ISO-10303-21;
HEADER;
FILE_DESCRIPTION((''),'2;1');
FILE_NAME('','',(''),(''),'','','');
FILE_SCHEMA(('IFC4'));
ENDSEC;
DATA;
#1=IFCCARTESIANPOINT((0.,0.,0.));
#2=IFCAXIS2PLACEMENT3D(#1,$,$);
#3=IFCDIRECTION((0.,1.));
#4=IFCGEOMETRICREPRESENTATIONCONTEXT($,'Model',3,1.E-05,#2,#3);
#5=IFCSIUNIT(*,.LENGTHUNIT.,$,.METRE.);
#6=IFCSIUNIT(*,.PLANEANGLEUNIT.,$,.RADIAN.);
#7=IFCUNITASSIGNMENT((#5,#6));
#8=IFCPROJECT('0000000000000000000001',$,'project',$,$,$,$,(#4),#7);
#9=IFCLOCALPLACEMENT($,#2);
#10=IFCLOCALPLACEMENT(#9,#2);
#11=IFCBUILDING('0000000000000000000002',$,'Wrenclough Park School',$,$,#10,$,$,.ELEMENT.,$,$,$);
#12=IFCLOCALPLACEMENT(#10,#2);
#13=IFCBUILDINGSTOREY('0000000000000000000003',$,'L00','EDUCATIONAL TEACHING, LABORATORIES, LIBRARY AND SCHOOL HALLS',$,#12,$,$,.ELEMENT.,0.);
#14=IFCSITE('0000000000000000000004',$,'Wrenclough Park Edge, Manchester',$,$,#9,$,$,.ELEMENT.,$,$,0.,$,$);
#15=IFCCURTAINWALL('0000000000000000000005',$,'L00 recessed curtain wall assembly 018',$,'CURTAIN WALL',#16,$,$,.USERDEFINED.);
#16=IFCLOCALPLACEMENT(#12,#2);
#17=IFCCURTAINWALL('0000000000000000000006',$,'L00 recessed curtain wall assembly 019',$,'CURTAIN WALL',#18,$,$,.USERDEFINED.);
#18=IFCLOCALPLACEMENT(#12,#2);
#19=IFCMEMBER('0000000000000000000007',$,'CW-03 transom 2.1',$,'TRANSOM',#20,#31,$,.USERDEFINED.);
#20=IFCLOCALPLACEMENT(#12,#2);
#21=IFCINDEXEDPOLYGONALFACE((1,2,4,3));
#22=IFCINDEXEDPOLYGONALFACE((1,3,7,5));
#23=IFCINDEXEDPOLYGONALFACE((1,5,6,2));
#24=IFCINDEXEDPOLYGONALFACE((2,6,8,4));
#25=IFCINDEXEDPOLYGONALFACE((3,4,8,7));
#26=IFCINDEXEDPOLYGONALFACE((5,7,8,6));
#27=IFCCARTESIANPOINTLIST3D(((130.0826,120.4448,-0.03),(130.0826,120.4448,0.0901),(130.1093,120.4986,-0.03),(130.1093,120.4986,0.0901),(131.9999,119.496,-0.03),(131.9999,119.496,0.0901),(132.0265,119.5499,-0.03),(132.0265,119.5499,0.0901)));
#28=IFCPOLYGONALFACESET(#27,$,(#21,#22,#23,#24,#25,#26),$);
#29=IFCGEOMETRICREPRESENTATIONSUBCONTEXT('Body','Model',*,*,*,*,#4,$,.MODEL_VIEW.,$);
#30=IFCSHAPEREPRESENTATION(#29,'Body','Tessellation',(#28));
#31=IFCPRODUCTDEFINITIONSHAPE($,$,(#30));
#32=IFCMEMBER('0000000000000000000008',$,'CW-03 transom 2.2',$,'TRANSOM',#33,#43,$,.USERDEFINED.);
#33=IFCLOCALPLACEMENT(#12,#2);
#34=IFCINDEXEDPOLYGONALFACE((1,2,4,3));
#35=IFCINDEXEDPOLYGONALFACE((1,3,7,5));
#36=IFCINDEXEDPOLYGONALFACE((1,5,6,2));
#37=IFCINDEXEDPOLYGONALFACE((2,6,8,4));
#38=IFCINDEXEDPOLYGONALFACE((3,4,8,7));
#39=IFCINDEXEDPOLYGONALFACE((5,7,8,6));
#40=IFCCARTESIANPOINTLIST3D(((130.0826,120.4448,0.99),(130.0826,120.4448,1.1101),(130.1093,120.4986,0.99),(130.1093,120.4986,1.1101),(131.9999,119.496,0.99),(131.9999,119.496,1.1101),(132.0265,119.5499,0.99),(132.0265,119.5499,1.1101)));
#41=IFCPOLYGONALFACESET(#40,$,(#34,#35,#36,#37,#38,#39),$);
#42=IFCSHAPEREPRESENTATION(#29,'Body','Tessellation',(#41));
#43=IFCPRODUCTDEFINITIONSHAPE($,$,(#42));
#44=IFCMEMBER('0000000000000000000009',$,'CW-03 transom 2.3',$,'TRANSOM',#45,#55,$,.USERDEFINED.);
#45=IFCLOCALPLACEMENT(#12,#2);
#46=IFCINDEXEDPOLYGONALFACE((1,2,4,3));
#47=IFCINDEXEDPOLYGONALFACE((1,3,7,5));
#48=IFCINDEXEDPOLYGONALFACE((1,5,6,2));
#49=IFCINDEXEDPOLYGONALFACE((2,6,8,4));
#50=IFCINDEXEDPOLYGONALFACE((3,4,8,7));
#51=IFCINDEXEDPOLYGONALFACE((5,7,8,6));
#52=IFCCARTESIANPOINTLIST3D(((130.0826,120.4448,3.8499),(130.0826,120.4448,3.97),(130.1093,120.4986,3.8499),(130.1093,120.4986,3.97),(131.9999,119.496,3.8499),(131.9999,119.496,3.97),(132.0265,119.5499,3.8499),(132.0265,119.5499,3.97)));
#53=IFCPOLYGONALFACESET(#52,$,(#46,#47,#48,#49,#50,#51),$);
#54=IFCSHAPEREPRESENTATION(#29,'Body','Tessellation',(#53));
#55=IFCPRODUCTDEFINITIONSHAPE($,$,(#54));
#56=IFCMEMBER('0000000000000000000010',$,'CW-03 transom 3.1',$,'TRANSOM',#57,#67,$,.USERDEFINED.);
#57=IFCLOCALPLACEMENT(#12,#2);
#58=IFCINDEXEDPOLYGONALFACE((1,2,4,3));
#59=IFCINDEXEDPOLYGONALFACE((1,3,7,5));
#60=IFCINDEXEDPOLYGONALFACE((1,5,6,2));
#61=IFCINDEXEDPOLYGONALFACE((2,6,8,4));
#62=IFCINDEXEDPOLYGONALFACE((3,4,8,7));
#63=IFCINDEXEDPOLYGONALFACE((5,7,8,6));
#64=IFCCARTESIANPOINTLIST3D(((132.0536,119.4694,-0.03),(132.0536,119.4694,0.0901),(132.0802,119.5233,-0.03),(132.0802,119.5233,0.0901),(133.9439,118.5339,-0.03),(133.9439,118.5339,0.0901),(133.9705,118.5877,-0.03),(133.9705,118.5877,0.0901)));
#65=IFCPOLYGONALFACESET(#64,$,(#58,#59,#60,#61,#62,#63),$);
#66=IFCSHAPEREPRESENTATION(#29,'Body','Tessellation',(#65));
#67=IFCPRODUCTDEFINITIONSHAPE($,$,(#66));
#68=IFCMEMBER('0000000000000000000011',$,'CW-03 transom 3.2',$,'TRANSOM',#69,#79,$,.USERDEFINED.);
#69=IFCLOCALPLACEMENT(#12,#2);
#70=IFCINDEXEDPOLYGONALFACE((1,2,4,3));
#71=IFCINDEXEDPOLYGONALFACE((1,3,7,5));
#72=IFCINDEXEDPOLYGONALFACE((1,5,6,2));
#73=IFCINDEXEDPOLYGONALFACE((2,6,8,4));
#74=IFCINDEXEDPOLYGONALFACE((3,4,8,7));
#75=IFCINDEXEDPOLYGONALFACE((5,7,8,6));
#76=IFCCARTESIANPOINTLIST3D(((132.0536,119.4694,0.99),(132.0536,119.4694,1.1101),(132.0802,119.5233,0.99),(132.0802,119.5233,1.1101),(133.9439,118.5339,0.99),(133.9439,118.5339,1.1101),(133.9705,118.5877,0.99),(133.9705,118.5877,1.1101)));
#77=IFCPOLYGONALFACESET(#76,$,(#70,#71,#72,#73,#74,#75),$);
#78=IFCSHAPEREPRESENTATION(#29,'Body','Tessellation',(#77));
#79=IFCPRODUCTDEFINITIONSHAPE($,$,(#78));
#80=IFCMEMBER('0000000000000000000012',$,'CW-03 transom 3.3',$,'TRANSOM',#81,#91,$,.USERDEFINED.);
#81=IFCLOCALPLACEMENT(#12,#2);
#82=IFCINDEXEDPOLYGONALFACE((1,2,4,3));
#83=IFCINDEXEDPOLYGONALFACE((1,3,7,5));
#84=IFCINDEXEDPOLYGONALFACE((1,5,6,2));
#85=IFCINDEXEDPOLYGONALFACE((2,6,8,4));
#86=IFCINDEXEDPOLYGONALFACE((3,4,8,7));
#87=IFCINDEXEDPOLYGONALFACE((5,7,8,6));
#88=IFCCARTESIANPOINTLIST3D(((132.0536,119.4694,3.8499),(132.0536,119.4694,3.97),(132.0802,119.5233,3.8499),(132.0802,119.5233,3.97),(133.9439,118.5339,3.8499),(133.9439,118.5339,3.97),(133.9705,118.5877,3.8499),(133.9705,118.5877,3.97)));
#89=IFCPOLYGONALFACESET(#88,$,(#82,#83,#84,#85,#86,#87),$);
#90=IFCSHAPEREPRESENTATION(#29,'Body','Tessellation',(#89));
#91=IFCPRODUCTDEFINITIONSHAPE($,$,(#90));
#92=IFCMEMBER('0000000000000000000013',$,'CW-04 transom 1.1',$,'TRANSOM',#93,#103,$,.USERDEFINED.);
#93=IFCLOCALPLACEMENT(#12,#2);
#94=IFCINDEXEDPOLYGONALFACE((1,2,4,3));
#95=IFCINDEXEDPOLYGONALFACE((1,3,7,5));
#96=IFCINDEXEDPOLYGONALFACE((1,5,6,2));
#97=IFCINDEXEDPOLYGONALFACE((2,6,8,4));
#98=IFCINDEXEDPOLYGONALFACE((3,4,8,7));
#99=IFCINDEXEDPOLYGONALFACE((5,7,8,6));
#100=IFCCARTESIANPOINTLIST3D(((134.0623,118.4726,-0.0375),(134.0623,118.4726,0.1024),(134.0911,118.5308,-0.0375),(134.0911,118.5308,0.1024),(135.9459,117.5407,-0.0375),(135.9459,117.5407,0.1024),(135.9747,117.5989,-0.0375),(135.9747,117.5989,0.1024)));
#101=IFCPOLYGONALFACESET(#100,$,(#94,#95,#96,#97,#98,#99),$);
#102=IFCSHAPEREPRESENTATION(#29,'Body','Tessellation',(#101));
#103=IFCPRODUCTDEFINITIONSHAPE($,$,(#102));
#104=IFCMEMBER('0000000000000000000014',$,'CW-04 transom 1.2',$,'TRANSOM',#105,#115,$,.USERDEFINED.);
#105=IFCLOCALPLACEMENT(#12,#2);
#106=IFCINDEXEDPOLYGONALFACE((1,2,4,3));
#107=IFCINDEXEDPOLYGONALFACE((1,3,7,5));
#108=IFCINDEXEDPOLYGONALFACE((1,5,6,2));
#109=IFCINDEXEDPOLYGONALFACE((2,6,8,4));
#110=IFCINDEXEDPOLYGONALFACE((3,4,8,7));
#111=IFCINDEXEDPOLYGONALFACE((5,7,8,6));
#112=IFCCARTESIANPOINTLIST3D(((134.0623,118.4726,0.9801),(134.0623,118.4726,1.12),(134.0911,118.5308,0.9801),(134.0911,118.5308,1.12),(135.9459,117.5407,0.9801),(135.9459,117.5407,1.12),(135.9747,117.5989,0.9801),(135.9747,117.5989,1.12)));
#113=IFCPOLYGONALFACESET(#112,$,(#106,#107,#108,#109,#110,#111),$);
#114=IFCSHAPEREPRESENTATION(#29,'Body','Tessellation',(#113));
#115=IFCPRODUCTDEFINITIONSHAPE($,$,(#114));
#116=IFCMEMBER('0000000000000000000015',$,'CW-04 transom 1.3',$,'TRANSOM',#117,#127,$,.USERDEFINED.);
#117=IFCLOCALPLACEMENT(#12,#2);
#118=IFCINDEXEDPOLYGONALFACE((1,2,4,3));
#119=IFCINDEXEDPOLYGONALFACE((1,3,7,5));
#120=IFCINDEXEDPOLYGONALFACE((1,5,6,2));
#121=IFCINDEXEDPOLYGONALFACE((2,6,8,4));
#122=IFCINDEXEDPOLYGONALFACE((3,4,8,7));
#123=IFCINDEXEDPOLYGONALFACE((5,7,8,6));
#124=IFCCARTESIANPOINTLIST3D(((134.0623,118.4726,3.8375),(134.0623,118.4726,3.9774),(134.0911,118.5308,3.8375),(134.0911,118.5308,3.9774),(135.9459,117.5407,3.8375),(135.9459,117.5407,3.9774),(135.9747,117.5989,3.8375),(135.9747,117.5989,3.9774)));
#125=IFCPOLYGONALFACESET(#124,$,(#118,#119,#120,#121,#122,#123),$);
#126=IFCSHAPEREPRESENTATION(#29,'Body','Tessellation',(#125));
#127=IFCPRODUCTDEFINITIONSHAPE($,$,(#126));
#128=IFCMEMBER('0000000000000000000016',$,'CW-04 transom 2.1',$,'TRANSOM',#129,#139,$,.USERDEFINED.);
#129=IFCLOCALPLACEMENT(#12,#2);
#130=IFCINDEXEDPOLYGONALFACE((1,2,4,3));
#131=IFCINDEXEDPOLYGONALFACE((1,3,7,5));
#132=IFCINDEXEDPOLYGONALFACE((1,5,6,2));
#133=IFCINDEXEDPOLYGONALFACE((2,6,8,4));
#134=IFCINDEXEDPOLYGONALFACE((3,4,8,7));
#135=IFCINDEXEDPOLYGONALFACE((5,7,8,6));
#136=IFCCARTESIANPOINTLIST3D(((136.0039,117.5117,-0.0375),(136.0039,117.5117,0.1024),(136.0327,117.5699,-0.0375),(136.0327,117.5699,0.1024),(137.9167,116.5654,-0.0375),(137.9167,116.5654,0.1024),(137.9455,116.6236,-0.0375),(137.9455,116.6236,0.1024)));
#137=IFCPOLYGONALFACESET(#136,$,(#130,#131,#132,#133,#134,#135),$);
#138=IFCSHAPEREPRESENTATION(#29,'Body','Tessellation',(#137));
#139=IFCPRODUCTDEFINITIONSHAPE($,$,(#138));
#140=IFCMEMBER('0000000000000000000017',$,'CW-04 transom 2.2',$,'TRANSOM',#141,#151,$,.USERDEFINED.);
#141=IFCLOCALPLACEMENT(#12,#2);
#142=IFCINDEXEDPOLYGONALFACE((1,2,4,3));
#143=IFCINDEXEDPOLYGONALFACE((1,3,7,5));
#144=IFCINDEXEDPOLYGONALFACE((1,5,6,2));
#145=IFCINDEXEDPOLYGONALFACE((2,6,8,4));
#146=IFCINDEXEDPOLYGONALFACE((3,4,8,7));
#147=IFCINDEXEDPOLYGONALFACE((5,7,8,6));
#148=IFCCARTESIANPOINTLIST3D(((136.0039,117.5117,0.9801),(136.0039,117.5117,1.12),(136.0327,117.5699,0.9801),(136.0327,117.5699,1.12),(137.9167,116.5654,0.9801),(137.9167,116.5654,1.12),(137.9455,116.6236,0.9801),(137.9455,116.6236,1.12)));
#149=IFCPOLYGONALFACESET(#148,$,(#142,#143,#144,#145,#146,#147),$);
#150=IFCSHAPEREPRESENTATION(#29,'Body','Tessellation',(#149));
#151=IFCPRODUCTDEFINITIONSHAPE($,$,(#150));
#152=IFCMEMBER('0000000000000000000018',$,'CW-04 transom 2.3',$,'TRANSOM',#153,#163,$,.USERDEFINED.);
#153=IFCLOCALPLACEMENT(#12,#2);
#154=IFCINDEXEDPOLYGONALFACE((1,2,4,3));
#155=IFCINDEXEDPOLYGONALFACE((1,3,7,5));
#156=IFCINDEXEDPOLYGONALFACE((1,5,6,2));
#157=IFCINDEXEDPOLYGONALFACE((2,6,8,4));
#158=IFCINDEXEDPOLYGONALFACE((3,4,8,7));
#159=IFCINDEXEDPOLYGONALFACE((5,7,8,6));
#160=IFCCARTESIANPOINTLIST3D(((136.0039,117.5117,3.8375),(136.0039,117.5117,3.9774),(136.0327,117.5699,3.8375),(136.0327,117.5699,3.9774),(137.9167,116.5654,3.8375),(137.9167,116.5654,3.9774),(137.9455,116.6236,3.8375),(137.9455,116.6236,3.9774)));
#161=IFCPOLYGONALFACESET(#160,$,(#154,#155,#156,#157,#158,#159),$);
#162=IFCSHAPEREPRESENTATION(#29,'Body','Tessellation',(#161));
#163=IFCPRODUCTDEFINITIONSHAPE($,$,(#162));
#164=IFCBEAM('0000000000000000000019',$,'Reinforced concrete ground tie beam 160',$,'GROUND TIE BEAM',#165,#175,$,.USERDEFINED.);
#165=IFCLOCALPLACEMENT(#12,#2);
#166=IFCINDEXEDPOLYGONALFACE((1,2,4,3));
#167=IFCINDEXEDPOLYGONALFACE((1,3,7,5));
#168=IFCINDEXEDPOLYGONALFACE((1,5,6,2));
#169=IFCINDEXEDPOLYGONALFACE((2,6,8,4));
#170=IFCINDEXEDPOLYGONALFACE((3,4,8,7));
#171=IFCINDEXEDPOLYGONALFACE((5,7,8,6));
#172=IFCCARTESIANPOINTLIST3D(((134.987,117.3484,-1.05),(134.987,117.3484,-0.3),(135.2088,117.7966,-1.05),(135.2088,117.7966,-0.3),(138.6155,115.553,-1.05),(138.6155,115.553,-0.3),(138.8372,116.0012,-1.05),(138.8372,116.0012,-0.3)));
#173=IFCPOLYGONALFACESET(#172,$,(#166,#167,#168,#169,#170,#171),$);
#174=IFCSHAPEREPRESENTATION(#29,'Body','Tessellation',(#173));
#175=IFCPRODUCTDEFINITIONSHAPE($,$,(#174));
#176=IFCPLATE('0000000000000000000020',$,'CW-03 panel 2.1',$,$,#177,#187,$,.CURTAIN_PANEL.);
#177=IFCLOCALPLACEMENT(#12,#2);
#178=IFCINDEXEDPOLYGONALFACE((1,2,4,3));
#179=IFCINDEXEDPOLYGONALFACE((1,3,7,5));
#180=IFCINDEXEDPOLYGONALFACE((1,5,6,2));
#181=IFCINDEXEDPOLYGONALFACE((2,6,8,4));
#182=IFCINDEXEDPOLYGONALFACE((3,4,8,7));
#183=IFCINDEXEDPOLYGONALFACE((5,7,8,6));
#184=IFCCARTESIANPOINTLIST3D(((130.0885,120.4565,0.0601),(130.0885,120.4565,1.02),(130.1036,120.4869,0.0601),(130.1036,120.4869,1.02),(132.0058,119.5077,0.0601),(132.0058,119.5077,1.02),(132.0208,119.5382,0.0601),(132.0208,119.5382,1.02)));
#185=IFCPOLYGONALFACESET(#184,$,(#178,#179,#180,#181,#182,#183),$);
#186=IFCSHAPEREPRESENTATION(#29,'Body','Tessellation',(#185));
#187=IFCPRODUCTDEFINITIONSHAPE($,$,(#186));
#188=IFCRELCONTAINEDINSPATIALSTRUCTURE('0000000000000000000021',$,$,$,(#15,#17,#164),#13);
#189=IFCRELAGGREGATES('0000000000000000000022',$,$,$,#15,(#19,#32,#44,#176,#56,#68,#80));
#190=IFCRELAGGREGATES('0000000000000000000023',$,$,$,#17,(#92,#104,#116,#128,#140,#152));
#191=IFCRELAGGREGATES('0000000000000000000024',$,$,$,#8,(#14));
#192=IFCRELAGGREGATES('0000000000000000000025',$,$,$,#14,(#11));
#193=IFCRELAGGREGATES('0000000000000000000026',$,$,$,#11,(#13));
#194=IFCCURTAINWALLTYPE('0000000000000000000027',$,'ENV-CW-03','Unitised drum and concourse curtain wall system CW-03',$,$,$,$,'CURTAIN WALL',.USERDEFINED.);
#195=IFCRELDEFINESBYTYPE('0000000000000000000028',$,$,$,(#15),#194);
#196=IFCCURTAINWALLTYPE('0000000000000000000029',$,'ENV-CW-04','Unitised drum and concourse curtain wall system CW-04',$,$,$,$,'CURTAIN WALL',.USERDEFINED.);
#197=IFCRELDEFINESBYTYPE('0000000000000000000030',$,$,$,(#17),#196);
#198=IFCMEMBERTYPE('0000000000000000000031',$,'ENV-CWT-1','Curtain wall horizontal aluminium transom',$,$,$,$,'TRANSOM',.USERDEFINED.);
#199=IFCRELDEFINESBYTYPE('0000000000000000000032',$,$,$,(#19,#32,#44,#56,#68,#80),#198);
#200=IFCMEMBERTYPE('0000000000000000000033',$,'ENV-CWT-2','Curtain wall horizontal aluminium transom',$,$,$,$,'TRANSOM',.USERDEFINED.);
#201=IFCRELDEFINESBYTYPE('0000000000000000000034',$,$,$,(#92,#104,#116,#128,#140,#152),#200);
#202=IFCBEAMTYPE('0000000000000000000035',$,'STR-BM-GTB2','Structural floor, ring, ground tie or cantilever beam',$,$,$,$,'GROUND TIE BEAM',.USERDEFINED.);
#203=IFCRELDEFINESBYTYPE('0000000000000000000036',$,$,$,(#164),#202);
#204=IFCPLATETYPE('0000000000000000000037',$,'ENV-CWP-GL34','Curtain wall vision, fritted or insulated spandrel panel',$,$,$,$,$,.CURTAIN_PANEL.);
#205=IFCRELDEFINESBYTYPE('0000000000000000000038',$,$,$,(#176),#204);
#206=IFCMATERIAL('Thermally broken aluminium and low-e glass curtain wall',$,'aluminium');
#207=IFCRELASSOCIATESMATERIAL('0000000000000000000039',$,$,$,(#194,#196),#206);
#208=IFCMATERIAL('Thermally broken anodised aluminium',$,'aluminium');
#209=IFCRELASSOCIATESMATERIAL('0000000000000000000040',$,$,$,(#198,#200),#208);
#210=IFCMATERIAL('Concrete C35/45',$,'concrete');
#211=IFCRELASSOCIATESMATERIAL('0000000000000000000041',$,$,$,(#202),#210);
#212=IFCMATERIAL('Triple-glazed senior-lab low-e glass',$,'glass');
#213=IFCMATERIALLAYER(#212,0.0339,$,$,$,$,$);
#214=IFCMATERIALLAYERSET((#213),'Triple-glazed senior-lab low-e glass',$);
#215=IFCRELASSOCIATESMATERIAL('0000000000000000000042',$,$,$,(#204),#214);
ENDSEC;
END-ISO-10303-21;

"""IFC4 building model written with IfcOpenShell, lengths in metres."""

from ifc_helpers import new_model, si_unit, direction, frame, origin, origin_2d, place, context, subcontext, project, spatial, rectangle, extrude, material, layer, layer_set, material_profile, profile_set, type_object, element, aggregate, save


model = new_model("IFC4")

# Units and contexts
model_context = context("Model", 3, precision=1e-05, world=origin(), true_north=direction((0.0, 1.0)))
body_context = subcontext(model_context, "Body", "Model", "MODEL_VIEW")
ifc_project = project(units=[si_unit("LENGTHUNIT", "METRE"), si_unit("PLANEANGLEUNIT", "RADIAN")], contexts=[model_context])

# Site, building, storey
site_placement = place(None, origin())
site = spatial("IfcSite", under=ifc_project, at=site_placement, Name="Wrenclough Park Edge, Manchester", CompositionType="ELEMENT", RefElevation=0.0)
building_placement = place(site_placement, origin())
building = spatial("IfcBuilding", under=site, at=building_placement, Name="Wrenclough Park School", CompositionType="ELEMENT")
storey_placement = place(building_placement, origin())
storey = spatial("IfcBuildingStorey", under=building, at=storey_placement, Name="L00", Description="EDUCATIONAL TEACHING, LABORATORIES, LIBRARY AND SCHOOL HALLS", CompositionType="ELEMENT", Elevation=0.0)

# Shared definitions
ifc_material_1 = material(Name="Concrete C35/45", Category="concrete")

# Curtain walls
ifc_material_2 = material(Name="Thermally broken aluminium and low-e glass curtain wall", Category="aluminium")
curtain_wall_type_1 = type_object("IfcCurtainWallType", Name="ENV-CW-03", Description="Unitised drum and concourse curtain wall system CW-03", ElementType="CURTAIN WALL", PredefinedType="USERDEFINED", material=ifc_material_2)
curtain_wall_1_placement = place(storey_placement, origin())
curtain_wall_1 = element("IfcCurtainWall", 1, at=curtain_wall_1_placement, inside=storey, type_object=curtain_wall_type_1, Name="L00 recessed curtain wall assembly 018", ObjectType="CURTAIN WALL", PredefinedType="USERDEFINED")
ifc_material_3 = material(Name="Thermally broken anodised aluminium", Category="aluminium")
curtain_wall_type_2 = type_object("IfcCurtainWallType", Name="ENV-CW-04", Description="Unitised drum and concourse curtain wall system CW-04", ElementType="CURTAIN WALL", PredefinedType="USERDEFINED", material=ifc_material_2)
curtain_wall_2_placement = place(storey_placement, origin())
curtain_wall_2 = element("IfcCurtainWall", 2, at=curtain_wall_2_placement, inside=storey, type_object=curtain_wall_type_2, Name="L00 recessed curtain wall assembly 019", ObjectType="CURTAIN WALL", PredefinedType="USERDEFINED")

# Members
ifc_material_profile_1 = material_profile(ifc_material_3, rectangle(XDim=0.0601, YDim=0.1201, at=origin_2d()), Name="AL TRANSOM 60x120")
ifc_profile_set_1 = profile_set([ifc_material_profile_1], Name="Thermally broken anodised aluminium")
member_type_1 = type_object("IfcMemberType", Name="ENV-CWT-1", Description="Curtain wall horizontal aluminium transom", ElementType="TRANSOM", PredefinedType="USERDEFINED", material=ifc_profile_set_1)
member_1_placement = place(storey_placement, frame((130.0959, 120.4717, 0.03), z_axis=(0.896268, -0.443512, 0.0), x_axis=(0.443512, 0.896268, 0.0)))
member_1 = element("IfcMember", 3, at=member_1_placement, type_object=member_type_1, Name="CW-03 transom 2.1", ObjectType="TRANSOM", PredefinedType="USERDEFINED", context=body_context, shape_type="SweptSolid", body=[
    extrude(rectangle(XDim=0.0601, YDim=0.1201, at=origin_2d()), origin(), (0.0, 0.0, 1.0), 2.1392),
])
member_2_placement = place(storey_placement, frame((130.0959, 120.4717, 1.05), z_axis=(0.896268, -0.443512, 0.0), x_axis=(0.443512, 0.896268, 0.0)))
member_2 = element("IfcMember", 4, at=member_2_placement, type_object=member_type_1, Name="CW-03 transom 2.2", ObjectType="TRANSOM", PredefinedType="USERDEFINED", context=body_context, shape_type="SweptSolid", body=[
    extrude(rectangle(XDim=0.0601, YDim=0.1201, at=origin_2d()), origin(), (0.0, 0.0, 1.0), 2.1392),
])
member_3_placement = place(storey_placement, frame((130.0959, 120.4717, 3.9099), z_axis=(0.896268, -0.443512, 0.0), x_axis=(0.443512, 0.896268, 0.0)))
member_3 = element("IfcMember", 5, at=member_3_placement, type_object=member_type_1, Name="CW-03 transom 2.3", ObjectType="TRANSOM", PredefinedType="USERDEFINED", context=body_context, shape_type="SweptSolid", body=[
    extrude(rectangle(XDim=0.0601, YDim=0.1201, at=origin_2d()), origin(), (0.0, 0.0, 1.0), 2.1392),
])
member_4_placement = place(storey_placement, frame((132.0669, 119.4963, 0.03), z_axis=(0.896249, -0.443552, 0.0), x_axis=(0.443552, 0.896249, 0.0)))
member_4 = element("IfcMember", 6, at=member_4_placement, type_object=member_type_1, Name="CW-03 transom 3.1", ObjectType="TRANSOM", PredefinedType="USERDEFINED", context=body_context, shape_type="SweptSolid", body=[
    extrude(rectangle(XDim=0.0601, YDim=0.1201, at=origin_2d()), origin(), (0.0, 0.0, 1.0), 2.1091),
])
member_5_placement = place(storey_placement, frame((132.0669, 119.4963, 1.05), z_axis=(0.896249, -0.443552, 0.0), x_axis=(0.443552, 0.896249, 0.0)))
member_5 = element("IfcMember", 7, at=member_5_placement, type_object=member_type_1, Name="CW-03 transom 3.2", ObjectType="TRANSOM", PredefinedType="USERDEFINED", context=body_context, shape_type="SweptSolid", body=[
    extrude(rectangle(XDim=0.0601, YDim=0.1201, at=origin_2d()), origin(), (0.0, 0.0, 1.0), 2.1091),
])
member_6_placement = place(storey_placement, frame((132.0669, 119.4963, 3.9099), z_axis=(0.896249, -0.443552, 0.0), x_axis=(0.443552, 0.896249, 0.0)))
member_6 = element("IfcMember", 8, at=member_6_placement, type_object=member_type_1, Name="CW-03 transom 3.3", ObjectType="TRANSOM", PredefinedType="USERDEFINED", context=body_context, shape_type="SweptSolid", body=[
    extrude(rectangle(XDim=0.0601, YDim=0.1201, at=origin_2d()), origin(), (0.0, 0.0, 1.0), 2.1091),
])
ifc_material_profile_2 = material_profile(ifc_material_3, rectangle(XDim=0.0649, YDim=0.1399, at=origin_2d()), Name="AL TRANSOM 65x140")
ifc_profile_set_2 = profile_set([ifc_material_profile_2], Name="Thermally broken anodised aluminium")
member_type_2 = type_object("IfcMemberType", Name="ENV-CWT-2", Description="Curtain wall horizontal aluminium transom", ElementType="TRANSOM", PredefinedType="USERDEFINED", material=ifc_profile_set_2)
member_7_placement = place(storey_placement, frame((134.0767, 118.5017, 0.0325), z_axis=(0.896301, -0.443446, 0.0), x_axis=(0.443446, 0.896301, 0.0)))
member_7 = element("IfcMember", 9, at=member_7_placement, type_object=member_type_2, Name="CW-04 transom 1.1", ObjectType="TRANSOM", PredefinedType="USERDEFINED", context=body_context, shape_type="SweptSolid", body=[
    extrude(rectangle(XDim=0.0649, YDim=0.1399, at=origin_2d()), origin(), (0.0, 0.0, 1.0), 2.1016),
])
member_8_placement = place(storey_placement, frame((134.0767, 118.5017, 1.05), z_axis=(0.896301, -0.443446, 0.0), x_axis=(0.443446, 0.896301, 0.0)))
member_8 = element("IfcMember", 10, at=member_8_placement, type_object=member_type_2, Name="CW-04 transom 1.2", ObjectType="TRANSOM", PredefinedType="USERDEFINED", context=body_context, shape_type="SweptSolid", body=[
    extrude(rectangle(XDim=0.0649, YDim=0.1399, at=origin_2d()), origin(), (0.0, 0.0, 1.0), 2.1016),
])
member_9_placement = place(storey_placement, frame((134.0767, 118.5017, 3.9075), z_axis=(0.896301, -0.443446, 0.0), x_axis=(0.443446, 0.896301, 0.0)))
member_9 = element("IfcMember", 11, at=member_9_placement, type_object=member_type_2, Name="CW-04 transom 1.3", ObjectType="TRANSOM", PredefinedType="USERDEFINED", context=body_context, shape_type="SweptSolid", body=[
    extrude(rectangle(XDim=0.0649, YDim=0.1399, at=origin_2d()), origin(), (0.0, 0.0, 1.0), 2.1016),
])
member_10_placement = place(storey_placement, frame((136.0183, 117.5408, 0.0325), z_axis=(0.896318, -0.443412, 0.0), x_axis=(0.443412, 0.896318, 0.0)))
member_10 = element("IfcMember", 12, at=member_10_placement, type_object=member_type_2, Name="CW-04 transom 2.1", ObjectType="TRANSOM", PredefinedType="USERDEFINED", context=body_context, shape_type="SweptSolid", body=[
    extrude(rectangle(XDim=0.0649, YDim=0.1399, at=origin_2d()), origin(), (0.0, 0.0, 1.0), 2.134),
])
member_11_placement = place(storey_placement, frame((136.0183, 117.5408, 1.05), z_axis=(0.896318, -0.443412, 0.0), x_axis=(0.443412, 0.896318, 0.0)))
member_11 = element("IfcMember", 13, at=member_11_placement, type_object=member_type_2, Name="CW-04 transom 2.2", ObjectType="TRANSOM", PredefinedType="USERDEFINED", context=body_context, shape_type="SweptSolid", body=[
    extrude(rectangle(XDim=0.0649, YDim=0.1399, at=origin_2d()), origin(), (0.0, 0.0, 1.0), 2.134),
])
member_12_placement = place(storey_placement, frame((136.0183, 117.5408, 3.9075), z_axis=(0.896318, -0.443412, 0.0), x_axis=(0.443412, 0.896318, 0.0)))
member_12 = element("IfcMember", 14, at=member_12_placement, type_object=member_type_2, Name="CW-04 transom 2.3", ObjectType="TRANSOM", PredefinedType="USERDEFINED", context=body_context, shape_type="SweptSolid", body=[
    extrude(rectangle(XDim=0.0649, YDim=0.1399, at=origin_2d()), origin(), (0.0, 0.0, 1.0), 2.134),
])

# Beam
ifc_material_profile_3 = material_profile(ifc_material_1, rectangle(XDim=0.5, YDim=0.75, at=origin_2d()), Name="RC GROUND 500x750")
ifc_profile_set_3 = profile_set([ifc_material_profile_3], Name="Concrete C35/45")
beam_type = type_object("IfcBeamType", Name="STR-BM-GTB2", Description="Structural floor, ring, ground tie or cantilever beam", ElementType="GROUND TIE BEAM", PredefinedType="USERDEFINED", material=ifc_profile_set_3)
beam_placement = place(storey_placement, frame((135.0979, 117.5725, -0.675), z_axis=(0.896277, -0.443495, 0.0), x_axis=(0.443495, 0.896277, 0.0)))
element("IfcBeam", 15, at=beam_placement, inside=storey, type_object=beam_type, Name="Reinforced concrete ground tie beam 160", ObjectType="GROUND TIE BEAM", PredefinedType="USERDEFINED", context=body_context, shape_type="SweptSolid", body=[
    extrude(rectangle(XDim=0.5, YDim=0.75, at=origin_2d()), origin(), (0.0, 0.0, 1.0), 4.0483),
])

# Plate
ifc_material_4 = material(Name="Triple-glazed senior-lab low-e glass", Category="glass")
ifc_layer_1 = layer(ifc_material_4, 0.0339)
ifc_layer_set_1 = layer_set([ifc_layer_1], Name="Triple-glazed senior-lab low-e glass")
plate_type_1 = type_object("IfcPlateType", Name="ENV-CWP-GL34", Description="Curtain wall vision, fritted or insulated spandrel panel", PredefinedType="CURTAIN_PANEL", material=ifc_layer_set_1)
plate_1_placement = place(storey_placement, frame((131.0547, 119.9973, 0.0601), z_axis=(0.0, 0.0, 1.0), x_axis=(0.896269, -0.443511, 0.0)))
plate_1 = element("IfcPlate", 16, at=plate_1_placement, type_object=plate_type_1, Name="CW-03 panel 2.1", PredefinedType="CURTAIN_PANEL", context=body_context, shape_type="SweptSolid", body=[
    extrude(rectangle(XDim=2.1392, YDim=0.0339, at=origin_2d()), origin(), (0.0, 0.0, 1.0), 0.96),
])
aggregate(curtain_wall_1, [member_1, member_2, member_3, plate_1, member_4, member_5, member_6])
aggregate(curtain_wall_2, [member_7, member_8, member_9, member_10, member_11, member_12])

save(model, "model.ifc")
